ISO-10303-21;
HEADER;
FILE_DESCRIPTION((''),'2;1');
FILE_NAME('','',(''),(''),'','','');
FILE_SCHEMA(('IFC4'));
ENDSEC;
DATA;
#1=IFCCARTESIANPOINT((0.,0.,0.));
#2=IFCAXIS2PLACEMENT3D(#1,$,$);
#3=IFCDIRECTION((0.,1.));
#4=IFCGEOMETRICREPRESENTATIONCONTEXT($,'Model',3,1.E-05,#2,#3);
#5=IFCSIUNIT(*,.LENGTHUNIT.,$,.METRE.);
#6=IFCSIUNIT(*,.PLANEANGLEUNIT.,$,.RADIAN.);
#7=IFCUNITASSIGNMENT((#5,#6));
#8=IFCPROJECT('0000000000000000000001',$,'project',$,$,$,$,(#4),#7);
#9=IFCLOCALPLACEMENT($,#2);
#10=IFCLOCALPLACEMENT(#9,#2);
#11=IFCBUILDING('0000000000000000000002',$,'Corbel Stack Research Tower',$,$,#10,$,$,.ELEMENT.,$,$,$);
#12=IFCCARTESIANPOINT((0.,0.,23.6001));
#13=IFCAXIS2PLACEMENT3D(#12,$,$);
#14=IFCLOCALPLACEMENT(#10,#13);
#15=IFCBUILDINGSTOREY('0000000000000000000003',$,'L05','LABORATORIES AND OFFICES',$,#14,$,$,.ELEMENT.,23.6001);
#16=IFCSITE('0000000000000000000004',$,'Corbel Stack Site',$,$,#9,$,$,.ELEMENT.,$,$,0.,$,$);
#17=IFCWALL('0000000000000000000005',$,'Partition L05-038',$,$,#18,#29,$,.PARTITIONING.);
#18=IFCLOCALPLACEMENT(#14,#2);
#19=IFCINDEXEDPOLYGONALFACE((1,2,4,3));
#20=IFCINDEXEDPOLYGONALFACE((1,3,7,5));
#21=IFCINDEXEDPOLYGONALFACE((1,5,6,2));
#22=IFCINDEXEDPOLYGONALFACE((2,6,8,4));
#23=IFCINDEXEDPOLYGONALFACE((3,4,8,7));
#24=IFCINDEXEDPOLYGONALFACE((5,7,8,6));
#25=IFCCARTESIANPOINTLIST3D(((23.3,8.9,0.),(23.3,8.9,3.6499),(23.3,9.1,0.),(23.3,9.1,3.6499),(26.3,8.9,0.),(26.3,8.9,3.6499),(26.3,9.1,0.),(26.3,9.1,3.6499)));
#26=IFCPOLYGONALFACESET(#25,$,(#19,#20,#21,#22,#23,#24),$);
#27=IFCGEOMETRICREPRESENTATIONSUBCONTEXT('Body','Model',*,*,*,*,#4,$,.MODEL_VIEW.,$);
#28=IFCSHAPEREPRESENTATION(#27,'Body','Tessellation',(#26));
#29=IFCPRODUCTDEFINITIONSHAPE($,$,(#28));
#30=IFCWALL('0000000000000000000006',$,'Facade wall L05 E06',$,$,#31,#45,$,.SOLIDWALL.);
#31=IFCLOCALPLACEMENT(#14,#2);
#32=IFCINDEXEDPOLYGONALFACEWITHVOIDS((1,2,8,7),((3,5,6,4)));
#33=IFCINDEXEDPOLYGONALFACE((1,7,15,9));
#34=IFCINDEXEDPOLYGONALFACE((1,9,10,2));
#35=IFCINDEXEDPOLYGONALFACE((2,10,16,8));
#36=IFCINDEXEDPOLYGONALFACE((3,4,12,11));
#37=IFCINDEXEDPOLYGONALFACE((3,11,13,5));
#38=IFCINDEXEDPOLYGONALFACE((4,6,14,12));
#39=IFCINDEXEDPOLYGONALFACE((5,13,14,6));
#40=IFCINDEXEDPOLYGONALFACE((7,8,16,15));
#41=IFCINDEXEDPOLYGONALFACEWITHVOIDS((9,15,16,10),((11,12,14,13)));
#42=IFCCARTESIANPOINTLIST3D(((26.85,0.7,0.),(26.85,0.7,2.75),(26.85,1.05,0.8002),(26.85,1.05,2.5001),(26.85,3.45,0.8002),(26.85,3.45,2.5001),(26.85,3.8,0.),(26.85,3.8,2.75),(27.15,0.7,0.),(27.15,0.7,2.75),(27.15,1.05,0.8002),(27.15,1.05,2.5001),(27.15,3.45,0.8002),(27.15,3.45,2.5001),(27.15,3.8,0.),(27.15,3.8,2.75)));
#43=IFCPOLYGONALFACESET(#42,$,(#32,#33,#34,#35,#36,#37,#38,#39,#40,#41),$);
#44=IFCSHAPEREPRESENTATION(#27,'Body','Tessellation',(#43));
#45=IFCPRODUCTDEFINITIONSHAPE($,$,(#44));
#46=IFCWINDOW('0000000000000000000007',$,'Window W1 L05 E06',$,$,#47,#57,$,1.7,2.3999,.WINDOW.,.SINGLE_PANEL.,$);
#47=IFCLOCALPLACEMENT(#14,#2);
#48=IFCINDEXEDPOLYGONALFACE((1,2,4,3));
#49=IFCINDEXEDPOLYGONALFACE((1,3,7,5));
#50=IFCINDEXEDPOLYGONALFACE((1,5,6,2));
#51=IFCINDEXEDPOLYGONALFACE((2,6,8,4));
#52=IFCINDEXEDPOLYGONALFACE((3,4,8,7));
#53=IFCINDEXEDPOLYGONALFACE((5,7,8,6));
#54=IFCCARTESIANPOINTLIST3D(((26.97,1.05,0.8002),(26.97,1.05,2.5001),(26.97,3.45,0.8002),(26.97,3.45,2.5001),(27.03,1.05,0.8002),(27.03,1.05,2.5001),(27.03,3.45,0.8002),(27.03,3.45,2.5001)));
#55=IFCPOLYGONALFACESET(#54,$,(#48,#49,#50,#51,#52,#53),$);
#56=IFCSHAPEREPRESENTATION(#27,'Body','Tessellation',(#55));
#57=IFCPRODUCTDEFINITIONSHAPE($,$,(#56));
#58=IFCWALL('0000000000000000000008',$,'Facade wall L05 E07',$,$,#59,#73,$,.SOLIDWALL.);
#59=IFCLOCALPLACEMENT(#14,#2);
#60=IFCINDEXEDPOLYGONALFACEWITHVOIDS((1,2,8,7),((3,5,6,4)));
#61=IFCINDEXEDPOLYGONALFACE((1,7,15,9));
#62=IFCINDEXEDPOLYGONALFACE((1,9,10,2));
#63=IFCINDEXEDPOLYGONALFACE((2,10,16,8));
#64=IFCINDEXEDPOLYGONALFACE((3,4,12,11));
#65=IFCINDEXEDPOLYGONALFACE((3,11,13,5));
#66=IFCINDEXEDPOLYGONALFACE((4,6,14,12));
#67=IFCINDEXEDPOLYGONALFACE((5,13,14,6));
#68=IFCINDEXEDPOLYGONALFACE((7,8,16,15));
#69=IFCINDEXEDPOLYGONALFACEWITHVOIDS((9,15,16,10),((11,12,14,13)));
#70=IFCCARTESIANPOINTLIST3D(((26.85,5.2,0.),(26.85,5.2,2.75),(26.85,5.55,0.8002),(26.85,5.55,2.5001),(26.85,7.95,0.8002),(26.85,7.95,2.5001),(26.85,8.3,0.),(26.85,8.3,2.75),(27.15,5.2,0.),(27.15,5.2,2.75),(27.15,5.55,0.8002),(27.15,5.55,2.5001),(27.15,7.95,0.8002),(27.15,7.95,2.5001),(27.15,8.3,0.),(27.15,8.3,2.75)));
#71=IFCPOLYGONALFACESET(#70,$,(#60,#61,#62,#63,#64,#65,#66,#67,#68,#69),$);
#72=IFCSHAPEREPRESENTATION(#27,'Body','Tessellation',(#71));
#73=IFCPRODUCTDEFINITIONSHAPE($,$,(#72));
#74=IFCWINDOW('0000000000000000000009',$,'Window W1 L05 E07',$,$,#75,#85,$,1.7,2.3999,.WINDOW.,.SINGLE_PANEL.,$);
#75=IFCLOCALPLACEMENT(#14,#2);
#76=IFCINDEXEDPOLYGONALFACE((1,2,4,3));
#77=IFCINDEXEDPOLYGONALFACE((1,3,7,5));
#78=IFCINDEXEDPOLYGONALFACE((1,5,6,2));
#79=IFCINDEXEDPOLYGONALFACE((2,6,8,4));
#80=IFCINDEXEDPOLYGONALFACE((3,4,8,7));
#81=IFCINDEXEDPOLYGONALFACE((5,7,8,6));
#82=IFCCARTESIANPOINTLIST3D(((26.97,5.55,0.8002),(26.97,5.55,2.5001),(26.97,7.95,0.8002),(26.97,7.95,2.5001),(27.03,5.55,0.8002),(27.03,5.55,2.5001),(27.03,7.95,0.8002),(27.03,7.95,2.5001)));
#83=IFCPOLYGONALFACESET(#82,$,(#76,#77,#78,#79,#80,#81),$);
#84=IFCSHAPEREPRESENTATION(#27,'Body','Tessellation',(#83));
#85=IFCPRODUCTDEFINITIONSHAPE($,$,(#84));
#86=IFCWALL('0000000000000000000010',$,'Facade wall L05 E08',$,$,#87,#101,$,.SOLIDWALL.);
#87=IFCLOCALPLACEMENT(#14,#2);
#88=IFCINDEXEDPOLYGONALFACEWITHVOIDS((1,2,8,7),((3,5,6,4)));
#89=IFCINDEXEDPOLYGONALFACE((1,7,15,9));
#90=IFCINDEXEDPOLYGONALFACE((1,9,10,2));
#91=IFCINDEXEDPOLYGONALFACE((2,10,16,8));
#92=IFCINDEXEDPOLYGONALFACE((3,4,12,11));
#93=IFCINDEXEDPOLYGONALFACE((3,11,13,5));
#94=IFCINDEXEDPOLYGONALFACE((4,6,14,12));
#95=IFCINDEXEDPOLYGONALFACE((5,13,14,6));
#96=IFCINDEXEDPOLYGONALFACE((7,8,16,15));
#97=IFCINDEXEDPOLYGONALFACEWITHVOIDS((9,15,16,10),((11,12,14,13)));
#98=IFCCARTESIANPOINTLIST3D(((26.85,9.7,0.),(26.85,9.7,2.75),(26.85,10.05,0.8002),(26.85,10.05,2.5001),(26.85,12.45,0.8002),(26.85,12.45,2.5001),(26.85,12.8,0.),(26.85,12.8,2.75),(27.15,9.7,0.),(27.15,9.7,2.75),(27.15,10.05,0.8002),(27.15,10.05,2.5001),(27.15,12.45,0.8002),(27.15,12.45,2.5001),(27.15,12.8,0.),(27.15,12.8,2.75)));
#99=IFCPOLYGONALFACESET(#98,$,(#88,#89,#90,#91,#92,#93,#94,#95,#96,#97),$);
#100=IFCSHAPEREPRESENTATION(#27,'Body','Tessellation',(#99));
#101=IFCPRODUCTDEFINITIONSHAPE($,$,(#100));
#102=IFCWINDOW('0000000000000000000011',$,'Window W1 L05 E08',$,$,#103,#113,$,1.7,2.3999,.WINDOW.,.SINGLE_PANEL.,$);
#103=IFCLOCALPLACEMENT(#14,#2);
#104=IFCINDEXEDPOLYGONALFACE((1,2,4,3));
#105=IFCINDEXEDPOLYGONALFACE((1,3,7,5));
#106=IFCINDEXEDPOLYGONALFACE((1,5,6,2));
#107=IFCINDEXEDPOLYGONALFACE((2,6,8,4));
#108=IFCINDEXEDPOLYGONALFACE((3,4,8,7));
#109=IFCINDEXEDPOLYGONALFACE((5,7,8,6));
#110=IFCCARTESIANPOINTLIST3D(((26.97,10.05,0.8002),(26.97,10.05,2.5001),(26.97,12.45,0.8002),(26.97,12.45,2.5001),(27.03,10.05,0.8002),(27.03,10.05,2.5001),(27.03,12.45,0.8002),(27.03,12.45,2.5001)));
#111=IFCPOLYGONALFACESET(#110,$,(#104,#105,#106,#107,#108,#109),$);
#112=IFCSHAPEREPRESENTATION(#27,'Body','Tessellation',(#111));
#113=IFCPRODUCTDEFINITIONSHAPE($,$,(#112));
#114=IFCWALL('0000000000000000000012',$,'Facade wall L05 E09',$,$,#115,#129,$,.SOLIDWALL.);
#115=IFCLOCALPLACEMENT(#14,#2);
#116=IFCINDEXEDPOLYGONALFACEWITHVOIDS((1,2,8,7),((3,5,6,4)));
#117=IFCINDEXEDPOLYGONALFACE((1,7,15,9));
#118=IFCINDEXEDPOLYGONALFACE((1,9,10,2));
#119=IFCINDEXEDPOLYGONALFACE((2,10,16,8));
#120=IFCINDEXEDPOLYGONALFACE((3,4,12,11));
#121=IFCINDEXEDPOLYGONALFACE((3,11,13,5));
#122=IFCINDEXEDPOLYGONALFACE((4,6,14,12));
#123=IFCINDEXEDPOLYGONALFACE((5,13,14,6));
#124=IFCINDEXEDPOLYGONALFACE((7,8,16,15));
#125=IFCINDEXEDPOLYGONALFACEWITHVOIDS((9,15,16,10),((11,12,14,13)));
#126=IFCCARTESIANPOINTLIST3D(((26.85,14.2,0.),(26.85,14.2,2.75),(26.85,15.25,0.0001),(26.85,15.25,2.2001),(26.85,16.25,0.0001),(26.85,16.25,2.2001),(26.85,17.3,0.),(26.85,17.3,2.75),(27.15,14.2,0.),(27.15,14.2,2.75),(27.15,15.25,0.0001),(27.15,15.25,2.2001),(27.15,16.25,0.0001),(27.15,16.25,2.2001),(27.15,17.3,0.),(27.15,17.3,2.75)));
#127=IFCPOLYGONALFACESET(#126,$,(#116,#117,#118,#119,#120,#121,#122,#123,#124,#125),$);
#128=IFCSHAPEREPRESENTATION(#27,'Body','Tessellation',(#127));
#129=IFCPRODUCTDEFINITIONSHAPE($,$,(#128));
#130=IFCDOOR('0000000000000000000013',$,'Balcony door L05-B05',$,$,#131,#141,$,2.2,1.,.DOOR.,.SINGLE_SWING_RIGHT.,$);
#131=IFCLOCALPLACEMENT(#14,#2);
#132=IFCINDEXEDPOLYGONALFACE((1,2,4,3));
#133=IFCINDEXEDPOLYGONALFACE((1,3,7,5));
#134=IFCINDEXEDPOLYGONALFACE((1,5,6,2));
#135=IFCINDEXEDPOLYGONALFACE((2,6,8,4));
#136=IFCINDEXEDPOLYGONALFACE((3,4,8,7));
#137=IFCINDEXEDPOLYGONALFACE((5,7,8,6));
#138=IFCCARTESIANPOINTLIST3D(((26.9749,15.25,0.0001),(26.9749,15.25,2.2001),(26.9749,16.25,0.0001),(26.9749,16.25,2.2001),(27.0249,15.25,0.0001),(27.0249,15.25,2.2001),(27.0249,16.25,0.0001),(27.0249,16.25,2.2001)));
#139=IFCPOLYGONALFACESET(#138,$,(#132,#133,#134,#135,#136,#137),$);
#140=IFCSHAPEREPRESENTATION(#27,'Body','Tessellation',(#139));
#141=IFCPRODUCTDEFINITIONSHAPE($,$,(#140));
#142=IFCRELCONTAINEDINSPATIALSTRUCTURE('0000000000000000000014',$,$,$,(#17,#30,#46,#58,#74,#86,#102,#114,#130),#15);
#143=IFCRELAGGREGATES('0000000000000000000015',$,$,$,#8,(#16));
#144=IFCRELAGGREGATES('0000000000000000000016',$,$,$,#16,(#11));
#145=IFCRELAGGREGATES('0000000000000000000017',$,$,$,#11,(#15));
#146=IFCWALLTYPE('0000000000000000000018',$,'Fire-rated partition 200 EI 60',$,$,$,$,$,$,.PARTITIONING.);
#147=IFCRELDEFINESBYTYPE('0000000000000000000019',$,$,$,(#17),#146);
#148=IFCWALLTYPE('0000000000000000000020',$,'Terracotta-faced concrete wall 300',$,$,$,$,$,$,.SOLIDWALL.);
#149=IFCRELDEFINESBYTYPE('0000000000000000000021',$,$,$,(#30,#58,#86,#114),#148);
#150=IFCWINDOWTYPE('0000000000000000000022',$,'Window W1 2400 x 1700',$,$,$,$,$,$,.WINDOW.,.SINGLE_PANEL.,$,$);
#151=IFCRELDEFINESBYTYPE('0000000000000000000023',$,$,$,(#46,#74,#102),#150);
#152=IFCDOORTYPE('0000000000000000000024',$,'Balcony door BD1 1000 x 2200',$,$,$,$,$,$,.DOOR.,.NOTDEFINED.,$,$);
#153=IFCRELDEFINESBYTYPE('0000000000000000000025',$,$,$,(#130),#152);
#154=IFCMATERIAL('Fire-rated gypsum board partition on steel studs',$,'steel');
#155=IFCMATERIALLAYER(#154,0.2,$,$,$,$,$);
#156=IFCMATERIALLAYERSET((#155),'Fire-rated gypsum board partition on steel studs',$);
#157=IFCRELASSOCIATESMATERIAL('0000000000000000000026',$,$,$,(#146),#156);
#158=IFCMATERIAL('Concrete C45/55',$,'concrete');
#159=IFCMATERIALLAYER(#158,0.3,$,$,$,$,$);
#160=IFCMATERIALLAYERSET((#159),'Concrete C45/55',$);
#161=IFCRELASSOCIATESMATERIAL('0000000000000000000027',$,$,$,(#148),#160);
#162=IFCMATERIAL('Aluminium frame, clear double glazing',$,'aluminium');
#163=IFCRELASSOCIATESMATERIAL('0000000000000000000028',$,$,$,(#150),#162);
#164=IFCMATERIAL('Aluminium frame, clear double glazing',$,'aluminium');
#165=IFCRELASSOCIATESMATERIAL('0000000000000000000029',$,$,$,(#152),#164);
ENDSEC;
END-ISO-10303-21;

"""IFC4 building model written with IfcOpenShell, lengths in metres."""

from ifc_helpers import new_model, si_unit, direction, frame, frame_2d, origin, place, context, subcontext, project, spatial, rectangle, extrude, material, layer, layer_set, type_object, element, fill, save


model = new_model("IFC4")

# Units and contexts
model_context = context("Model", 3, precision=1e-05, world=origin(), true_north=direction((0.0, 1.0)))
body_context = subcontext(model_context, "Body", "Model", "MODEL_VIEW")
ifc_project = project(units=[si_unit("LENGTHUNIT", "METRE"), si_unit("PLANEANGLEUNIT", "RADIAN")], contexts=[model_context])

# Site, building, storey
site_placement = place(None, origin())
site = spatial("IfcSite", under=ifc_project, at=site_placement, Name="Corbel Stack Site", CompositionType="ELEMENT", RefElevation=0.0)
building_placement = place(site_placement, origin())
building = spatial("IfcBuilding", under=site, at=building_placement, Name="Corbel Stack Research Tower", CompositionType="ELEMENT")
storey_placement = place(building_placement, frame((0.0, 0.0, 23.6001)))
storey = spatial("IfcBuildingStorey", under=building, at=storey_placement, Name="L05", Description="LABORATORIES AND OFFICES", CompositionType="ELEMENT", Elevation=23.6001)

# Wall
ifc_material_1 = material(Name="Fire-rated gypsum board partition on steel studs", Category="steel")
ifc_layer_1 = layer(ifc_material_1, 0.2)
ifc_layer_set_1 = layer_set([ifc_layer_1], Name="Fire-rated gypsum board partition on steel studs")
wall_type_1 = type_object("IfcWallType", Name="Fire-rated partition 200 EI 60", PredefinedType="PARTITIONING", material=ifc_layer_set_1)
wall_1_placement = place(storey_placement, frame((23.3, 9.0, 0.0), z_axis=(0.0, 0.0, 1.0), x_axis=(1.0, 0.0, 0.0)))
element("IfcWall", 1, at=wall_1_placement, inside=storey, type_object=wall_type_1, Name="Partition L05-038", PredefinedType="PARTITIONING", context=body_context, shape_type="SweptSolid", body=[
    extrude(rectangle(XDim=3.0, YDim=0.2, at=frame_2d((1.5, 0.0))), origin(), (0.0, 0.0, 1.0), 3.6499),
])

# Walls, openings, windows
ifc_material_2 = material(Name="Concrete C45/55", Category="concrete")
ifc_layer_2 = layer(ifc_material_2, 0.3)
ifc_layer_set_2 = layer_set([ifc_layer_2], Name="Concrete C45/55")
wall_type_2 = type_object("IfcWallType", Name="Terracotta-faced concrete wall 300", PredefinedType="SOLIDWALL", material=ifc_layer_set_2)
wall_2_placement = place(storey_placement, frame((27.0, 3.8, 0.0), z_axis=(0.0, 0.0, 1.0), x_axis=(0.0, -1.0, 0.0)))
wall_2 = element("IfcWall", 2, at=wall_2_placement, inside=storey, type_object=wall_type_2, Name="Facade wall L05 E06", PredefinedType="SOLIDWALL", context=body_context, shape_type="SweptSolid", body=[
    extrude(rectangle(XDim=3.1001, YDim=0.3, at=frame_2d((1.55, 0.0))), origin(), (0.0, 0.0, 1.0), 2.75),
])
opening_1_placement = place(wall_2_placement, frame((0.3501, 0.0, 0.8)))
opening_1 = element("IfcOpeningElement", 3, at=opening_1_placement, cuts=wall_2, PredefinedType="OPENING", context=body_context, shape_type="SweptSolid", body=[
    extrude(rectangle(XDim=2.3999, YDim=1.7, at=frame_2d((1.2, 0.8501))), frame((0.0, 0.1599, 0.0), z_axis=(0.0, -1.0, 0.0), x_axis=(1.0, 0.0, 0.0)), (0.0, 0.0, 1.0), 0.3201),
])
ifc_material_3 = material(Name="Aluminium frame, clear double glazing", Category="aluminium")
window_type = type_object("IfcWindowType", Name="Window W1 2400 x 1700", PartitioningType="SINGLE_PANEL", PredefinedType="WINDOW", material=ifc_material_3)
window_1_placement = place(opening_1_placement, origin())
window_1 = element("IfcWindow", 4, at=window_1_placement, inside=storey, type_object=window_type, Name="Window W1 L05 E06", OverallHeight=1.7, OverallWidth=2.3999, PartitioningType="SINGLE_PANEL", PredefinedType="WINDOW", context=body_context, shape_type="SweptSolid", body=[
    extrude(rectangle(XDim=2.3999, YDim=1.7, at=frame_2d((1.2, 0.8501))), frame((0.0, 0.03, 0.0), z_axis=(0.0, -1.0, 0.0), x_axis=(1.0, 0.0, 0.0)), (0.0, 0.0, 1.0), 0.0601),
])
fill(opening_1, window_1)
wall_3_placement = place(storey_placement, frame((27.0, 8.3, 0.0), z_axis=(0.0, 0.0, 1.0), x_axis=(0.0, -1.0, 0.0)))
wall_3 = element("IfcWall", 5, at=wall_3_placement, inside=storey, type_object=wall_type_2, Name="Facade wall L05 E07", PredefinedType="SOLIDWALL", context=body_context, shape_type="SweptSolid", body=[
    extrude(rectangle(XDim=3.1001, YDim=0.3, at=frame_2d((1.55, 0.0))), origin(), (0.0, 0.0, 1.0), 2.75),
])
opening_2_placement = place(wall_3_placement, frame((0.3501, 0.0, 0.8)))
opening_2 = element("IfcOpeningElement", 6, at=opening_2_placement, cuts=wall_3, PredefinedType="OPENING", context=body_context, shape_type="SweptSolid", body=[
    extrude(rectangle(XDim=2.3999, YDim=1.7, at=frame_2d((1.2, 0.8501))), frame((0.0, 0.1599, 0.0), z_axis=(0.0, -1.0, 0.0), x_axis=(1.0, 0.0, 0.0)), (0.0, 0.0, 1.0), 0.3201),
])
window_2_placement = place(opening_2_placement, origin())
window_2 = element("IfcWindow", 7, at=window_2_placement, inside=storey, type_object=window_type, Name="Window W1 L05 E07", OverallHeight=1.7, OverallWidth=2.3999, PartitioningType="SINGLE_PANEL", PredefinedType="WINDOW", context=body_context, shape_type="SweptSolid", body=[
    extrude(rectangle(XDim=2.3999, YDim=1.7, at=frame_2d((1.2, 0.8501))), frame((0.0, 0.03, 0.0), z_axis=(0.0, -1.0, 0.0), x_axis=(1.0, 0.0, 0.0)), (0.0, 0.0, 1.0), 0.0601),
])
fill(opening_2, window_2)
wall_4_placement = place(storey_placement, frame((27.0, 12.8, 0.0), z_axis=(0.0, 0.0, 1.0), x_axis=(0.0, -1.0, 0.0)))
wall_4 = element("IfcWall", 8, at=wall_4_placement, inside=storey, type_object=wall_type_2, Name="Facade wall L05 E08", PredefinedType="SOLIDWALL", context=body_context, shape_type="SweptSolid", body=[
    extrude(rectangle(XDim=3.1001, YDim=0.3, at=frame_2d((1.55, 0.0))), origin(), (0.0, 0.0, 1.0), 2.75),
])
opening_3_placement = place(wall_4_placement, frame((0.3501, 0.0, 0.8)))
opening_3 = element("IfcOpeningElement", 9, at=opening_3_placement, cuts=wall_4, PredefinedType="OPENING", context=body_context, shape_type="SweptSolid", body=[
    extrude(rectangle(XDim=2.3999, YDim=1.7, at=frame_2d((1.2, 0.8501))), frame((0.0, 0.1599, 0.0), z_axis=(0.0, -1.0, 0.0), x_axis=(1.0, 0.0, 0.0)), (0.0, 0.0, 1.0), 0.3201),
])
window_3_placement = place(opening_3_placement, origin())
window_3 = element("IfcWindow", 10, at=window_3_placement, inside=storey, type_object=window_type, Name="Window W1 L05 E08", OverallHeight=1.7, OverallWidth=2.3999, PartitioningType="SINGLE_PANEL", PredefinedType="WINDOW", context=body_context, shape_type="SweptSolid", body=[
    extrude(rectangle(XDim=2.3999, YDim=1.7, at=frame_2d((1.2, 0.8501))), frame((0.0, 0.03, 0.0), z_axis=(0.0, -1.0, 0.0), x_axis=(1.0, 0.0, 0.0)), (0.0, 0.0, 1.0), 0.0601),
])
fill(opening_3, window_3)

# Wall, opening, door
wall_5_placement = place(storey_placement, frame((27.0, 17.3, 0.0), z_axis=(0.0, 0.0, 1.0), x_axis=(0.0, -1.0, 0.0)))
wall_5 = element("IfcWall", 11, at=wall_5_placement, inside=storey, type_object=wall_type_2, Name="Facade wall L05 E09", PredefinedType="SOLIDWALL", context=body_context, shape_type="SweptSolid", body=[
    extrude(rectangle(XDim=3.1001, YDim=0.3, at=frame_2d((1.55, 0.0))), origin(), (0.0, 0.0, 1.0), 2.75),
])
opening_4_placement = place(wall_5_placement, frame((1.05, 0.0, 0.0)))
opening_4 = element("IfcOpeningElement", 12, at=opening_4_placement, cuts=wall_5, PredefinedType="OPENING", context=body_context, shape_type="SweptSolid", body=[
    extrude(rectangle(XDim=1.0, YDim=2.2, at=frame_2d((0.5, 1.1001))), frame((0.0, 0.1599, 0.0), z_axis=(0.0, -1.0, 0.0), x_axis=(1.0, 0.0, 0.0)), (0.0, 0.0, 1.0), 0.3201),
])
ifc_material_4 = material(Name="Aluminium frame, clear double glazing", Category="aluminium")
door_type = type_object("IfcDoorType", Name="Balcony door BD1 1000 x 2200", OperationType="NOTDEFINED", PredefinedType="DOOR", material=ifc_material_4)
door_placement = place(opening_4_placement, origin())
door = element("IfcDoor", 13, at=door_placement, inside=storey, type_object=door_type, Name="Balcony door L05-B05", OperationType="SINGLE_SWING_RIGHT", OverallHeight=2.2, OverallWidth=1.0, PredefinedType="DOOR", context=body_context, shape_type="SweptSolid", body=[
    extrude(rectangle(XDim=1.0, YDim=2.2, at=frame_2d((0.5, 1.1001))), frame((0.0, 0.0249, 0.0), z_axis=(0.0, -1.0, 0.0), x_axis=(1.0, 0.0, 0.0)), (0.0, 0.0, 1.0), 0.05),
])
fill(opening_4, door)

save(model, "model.ifc")
